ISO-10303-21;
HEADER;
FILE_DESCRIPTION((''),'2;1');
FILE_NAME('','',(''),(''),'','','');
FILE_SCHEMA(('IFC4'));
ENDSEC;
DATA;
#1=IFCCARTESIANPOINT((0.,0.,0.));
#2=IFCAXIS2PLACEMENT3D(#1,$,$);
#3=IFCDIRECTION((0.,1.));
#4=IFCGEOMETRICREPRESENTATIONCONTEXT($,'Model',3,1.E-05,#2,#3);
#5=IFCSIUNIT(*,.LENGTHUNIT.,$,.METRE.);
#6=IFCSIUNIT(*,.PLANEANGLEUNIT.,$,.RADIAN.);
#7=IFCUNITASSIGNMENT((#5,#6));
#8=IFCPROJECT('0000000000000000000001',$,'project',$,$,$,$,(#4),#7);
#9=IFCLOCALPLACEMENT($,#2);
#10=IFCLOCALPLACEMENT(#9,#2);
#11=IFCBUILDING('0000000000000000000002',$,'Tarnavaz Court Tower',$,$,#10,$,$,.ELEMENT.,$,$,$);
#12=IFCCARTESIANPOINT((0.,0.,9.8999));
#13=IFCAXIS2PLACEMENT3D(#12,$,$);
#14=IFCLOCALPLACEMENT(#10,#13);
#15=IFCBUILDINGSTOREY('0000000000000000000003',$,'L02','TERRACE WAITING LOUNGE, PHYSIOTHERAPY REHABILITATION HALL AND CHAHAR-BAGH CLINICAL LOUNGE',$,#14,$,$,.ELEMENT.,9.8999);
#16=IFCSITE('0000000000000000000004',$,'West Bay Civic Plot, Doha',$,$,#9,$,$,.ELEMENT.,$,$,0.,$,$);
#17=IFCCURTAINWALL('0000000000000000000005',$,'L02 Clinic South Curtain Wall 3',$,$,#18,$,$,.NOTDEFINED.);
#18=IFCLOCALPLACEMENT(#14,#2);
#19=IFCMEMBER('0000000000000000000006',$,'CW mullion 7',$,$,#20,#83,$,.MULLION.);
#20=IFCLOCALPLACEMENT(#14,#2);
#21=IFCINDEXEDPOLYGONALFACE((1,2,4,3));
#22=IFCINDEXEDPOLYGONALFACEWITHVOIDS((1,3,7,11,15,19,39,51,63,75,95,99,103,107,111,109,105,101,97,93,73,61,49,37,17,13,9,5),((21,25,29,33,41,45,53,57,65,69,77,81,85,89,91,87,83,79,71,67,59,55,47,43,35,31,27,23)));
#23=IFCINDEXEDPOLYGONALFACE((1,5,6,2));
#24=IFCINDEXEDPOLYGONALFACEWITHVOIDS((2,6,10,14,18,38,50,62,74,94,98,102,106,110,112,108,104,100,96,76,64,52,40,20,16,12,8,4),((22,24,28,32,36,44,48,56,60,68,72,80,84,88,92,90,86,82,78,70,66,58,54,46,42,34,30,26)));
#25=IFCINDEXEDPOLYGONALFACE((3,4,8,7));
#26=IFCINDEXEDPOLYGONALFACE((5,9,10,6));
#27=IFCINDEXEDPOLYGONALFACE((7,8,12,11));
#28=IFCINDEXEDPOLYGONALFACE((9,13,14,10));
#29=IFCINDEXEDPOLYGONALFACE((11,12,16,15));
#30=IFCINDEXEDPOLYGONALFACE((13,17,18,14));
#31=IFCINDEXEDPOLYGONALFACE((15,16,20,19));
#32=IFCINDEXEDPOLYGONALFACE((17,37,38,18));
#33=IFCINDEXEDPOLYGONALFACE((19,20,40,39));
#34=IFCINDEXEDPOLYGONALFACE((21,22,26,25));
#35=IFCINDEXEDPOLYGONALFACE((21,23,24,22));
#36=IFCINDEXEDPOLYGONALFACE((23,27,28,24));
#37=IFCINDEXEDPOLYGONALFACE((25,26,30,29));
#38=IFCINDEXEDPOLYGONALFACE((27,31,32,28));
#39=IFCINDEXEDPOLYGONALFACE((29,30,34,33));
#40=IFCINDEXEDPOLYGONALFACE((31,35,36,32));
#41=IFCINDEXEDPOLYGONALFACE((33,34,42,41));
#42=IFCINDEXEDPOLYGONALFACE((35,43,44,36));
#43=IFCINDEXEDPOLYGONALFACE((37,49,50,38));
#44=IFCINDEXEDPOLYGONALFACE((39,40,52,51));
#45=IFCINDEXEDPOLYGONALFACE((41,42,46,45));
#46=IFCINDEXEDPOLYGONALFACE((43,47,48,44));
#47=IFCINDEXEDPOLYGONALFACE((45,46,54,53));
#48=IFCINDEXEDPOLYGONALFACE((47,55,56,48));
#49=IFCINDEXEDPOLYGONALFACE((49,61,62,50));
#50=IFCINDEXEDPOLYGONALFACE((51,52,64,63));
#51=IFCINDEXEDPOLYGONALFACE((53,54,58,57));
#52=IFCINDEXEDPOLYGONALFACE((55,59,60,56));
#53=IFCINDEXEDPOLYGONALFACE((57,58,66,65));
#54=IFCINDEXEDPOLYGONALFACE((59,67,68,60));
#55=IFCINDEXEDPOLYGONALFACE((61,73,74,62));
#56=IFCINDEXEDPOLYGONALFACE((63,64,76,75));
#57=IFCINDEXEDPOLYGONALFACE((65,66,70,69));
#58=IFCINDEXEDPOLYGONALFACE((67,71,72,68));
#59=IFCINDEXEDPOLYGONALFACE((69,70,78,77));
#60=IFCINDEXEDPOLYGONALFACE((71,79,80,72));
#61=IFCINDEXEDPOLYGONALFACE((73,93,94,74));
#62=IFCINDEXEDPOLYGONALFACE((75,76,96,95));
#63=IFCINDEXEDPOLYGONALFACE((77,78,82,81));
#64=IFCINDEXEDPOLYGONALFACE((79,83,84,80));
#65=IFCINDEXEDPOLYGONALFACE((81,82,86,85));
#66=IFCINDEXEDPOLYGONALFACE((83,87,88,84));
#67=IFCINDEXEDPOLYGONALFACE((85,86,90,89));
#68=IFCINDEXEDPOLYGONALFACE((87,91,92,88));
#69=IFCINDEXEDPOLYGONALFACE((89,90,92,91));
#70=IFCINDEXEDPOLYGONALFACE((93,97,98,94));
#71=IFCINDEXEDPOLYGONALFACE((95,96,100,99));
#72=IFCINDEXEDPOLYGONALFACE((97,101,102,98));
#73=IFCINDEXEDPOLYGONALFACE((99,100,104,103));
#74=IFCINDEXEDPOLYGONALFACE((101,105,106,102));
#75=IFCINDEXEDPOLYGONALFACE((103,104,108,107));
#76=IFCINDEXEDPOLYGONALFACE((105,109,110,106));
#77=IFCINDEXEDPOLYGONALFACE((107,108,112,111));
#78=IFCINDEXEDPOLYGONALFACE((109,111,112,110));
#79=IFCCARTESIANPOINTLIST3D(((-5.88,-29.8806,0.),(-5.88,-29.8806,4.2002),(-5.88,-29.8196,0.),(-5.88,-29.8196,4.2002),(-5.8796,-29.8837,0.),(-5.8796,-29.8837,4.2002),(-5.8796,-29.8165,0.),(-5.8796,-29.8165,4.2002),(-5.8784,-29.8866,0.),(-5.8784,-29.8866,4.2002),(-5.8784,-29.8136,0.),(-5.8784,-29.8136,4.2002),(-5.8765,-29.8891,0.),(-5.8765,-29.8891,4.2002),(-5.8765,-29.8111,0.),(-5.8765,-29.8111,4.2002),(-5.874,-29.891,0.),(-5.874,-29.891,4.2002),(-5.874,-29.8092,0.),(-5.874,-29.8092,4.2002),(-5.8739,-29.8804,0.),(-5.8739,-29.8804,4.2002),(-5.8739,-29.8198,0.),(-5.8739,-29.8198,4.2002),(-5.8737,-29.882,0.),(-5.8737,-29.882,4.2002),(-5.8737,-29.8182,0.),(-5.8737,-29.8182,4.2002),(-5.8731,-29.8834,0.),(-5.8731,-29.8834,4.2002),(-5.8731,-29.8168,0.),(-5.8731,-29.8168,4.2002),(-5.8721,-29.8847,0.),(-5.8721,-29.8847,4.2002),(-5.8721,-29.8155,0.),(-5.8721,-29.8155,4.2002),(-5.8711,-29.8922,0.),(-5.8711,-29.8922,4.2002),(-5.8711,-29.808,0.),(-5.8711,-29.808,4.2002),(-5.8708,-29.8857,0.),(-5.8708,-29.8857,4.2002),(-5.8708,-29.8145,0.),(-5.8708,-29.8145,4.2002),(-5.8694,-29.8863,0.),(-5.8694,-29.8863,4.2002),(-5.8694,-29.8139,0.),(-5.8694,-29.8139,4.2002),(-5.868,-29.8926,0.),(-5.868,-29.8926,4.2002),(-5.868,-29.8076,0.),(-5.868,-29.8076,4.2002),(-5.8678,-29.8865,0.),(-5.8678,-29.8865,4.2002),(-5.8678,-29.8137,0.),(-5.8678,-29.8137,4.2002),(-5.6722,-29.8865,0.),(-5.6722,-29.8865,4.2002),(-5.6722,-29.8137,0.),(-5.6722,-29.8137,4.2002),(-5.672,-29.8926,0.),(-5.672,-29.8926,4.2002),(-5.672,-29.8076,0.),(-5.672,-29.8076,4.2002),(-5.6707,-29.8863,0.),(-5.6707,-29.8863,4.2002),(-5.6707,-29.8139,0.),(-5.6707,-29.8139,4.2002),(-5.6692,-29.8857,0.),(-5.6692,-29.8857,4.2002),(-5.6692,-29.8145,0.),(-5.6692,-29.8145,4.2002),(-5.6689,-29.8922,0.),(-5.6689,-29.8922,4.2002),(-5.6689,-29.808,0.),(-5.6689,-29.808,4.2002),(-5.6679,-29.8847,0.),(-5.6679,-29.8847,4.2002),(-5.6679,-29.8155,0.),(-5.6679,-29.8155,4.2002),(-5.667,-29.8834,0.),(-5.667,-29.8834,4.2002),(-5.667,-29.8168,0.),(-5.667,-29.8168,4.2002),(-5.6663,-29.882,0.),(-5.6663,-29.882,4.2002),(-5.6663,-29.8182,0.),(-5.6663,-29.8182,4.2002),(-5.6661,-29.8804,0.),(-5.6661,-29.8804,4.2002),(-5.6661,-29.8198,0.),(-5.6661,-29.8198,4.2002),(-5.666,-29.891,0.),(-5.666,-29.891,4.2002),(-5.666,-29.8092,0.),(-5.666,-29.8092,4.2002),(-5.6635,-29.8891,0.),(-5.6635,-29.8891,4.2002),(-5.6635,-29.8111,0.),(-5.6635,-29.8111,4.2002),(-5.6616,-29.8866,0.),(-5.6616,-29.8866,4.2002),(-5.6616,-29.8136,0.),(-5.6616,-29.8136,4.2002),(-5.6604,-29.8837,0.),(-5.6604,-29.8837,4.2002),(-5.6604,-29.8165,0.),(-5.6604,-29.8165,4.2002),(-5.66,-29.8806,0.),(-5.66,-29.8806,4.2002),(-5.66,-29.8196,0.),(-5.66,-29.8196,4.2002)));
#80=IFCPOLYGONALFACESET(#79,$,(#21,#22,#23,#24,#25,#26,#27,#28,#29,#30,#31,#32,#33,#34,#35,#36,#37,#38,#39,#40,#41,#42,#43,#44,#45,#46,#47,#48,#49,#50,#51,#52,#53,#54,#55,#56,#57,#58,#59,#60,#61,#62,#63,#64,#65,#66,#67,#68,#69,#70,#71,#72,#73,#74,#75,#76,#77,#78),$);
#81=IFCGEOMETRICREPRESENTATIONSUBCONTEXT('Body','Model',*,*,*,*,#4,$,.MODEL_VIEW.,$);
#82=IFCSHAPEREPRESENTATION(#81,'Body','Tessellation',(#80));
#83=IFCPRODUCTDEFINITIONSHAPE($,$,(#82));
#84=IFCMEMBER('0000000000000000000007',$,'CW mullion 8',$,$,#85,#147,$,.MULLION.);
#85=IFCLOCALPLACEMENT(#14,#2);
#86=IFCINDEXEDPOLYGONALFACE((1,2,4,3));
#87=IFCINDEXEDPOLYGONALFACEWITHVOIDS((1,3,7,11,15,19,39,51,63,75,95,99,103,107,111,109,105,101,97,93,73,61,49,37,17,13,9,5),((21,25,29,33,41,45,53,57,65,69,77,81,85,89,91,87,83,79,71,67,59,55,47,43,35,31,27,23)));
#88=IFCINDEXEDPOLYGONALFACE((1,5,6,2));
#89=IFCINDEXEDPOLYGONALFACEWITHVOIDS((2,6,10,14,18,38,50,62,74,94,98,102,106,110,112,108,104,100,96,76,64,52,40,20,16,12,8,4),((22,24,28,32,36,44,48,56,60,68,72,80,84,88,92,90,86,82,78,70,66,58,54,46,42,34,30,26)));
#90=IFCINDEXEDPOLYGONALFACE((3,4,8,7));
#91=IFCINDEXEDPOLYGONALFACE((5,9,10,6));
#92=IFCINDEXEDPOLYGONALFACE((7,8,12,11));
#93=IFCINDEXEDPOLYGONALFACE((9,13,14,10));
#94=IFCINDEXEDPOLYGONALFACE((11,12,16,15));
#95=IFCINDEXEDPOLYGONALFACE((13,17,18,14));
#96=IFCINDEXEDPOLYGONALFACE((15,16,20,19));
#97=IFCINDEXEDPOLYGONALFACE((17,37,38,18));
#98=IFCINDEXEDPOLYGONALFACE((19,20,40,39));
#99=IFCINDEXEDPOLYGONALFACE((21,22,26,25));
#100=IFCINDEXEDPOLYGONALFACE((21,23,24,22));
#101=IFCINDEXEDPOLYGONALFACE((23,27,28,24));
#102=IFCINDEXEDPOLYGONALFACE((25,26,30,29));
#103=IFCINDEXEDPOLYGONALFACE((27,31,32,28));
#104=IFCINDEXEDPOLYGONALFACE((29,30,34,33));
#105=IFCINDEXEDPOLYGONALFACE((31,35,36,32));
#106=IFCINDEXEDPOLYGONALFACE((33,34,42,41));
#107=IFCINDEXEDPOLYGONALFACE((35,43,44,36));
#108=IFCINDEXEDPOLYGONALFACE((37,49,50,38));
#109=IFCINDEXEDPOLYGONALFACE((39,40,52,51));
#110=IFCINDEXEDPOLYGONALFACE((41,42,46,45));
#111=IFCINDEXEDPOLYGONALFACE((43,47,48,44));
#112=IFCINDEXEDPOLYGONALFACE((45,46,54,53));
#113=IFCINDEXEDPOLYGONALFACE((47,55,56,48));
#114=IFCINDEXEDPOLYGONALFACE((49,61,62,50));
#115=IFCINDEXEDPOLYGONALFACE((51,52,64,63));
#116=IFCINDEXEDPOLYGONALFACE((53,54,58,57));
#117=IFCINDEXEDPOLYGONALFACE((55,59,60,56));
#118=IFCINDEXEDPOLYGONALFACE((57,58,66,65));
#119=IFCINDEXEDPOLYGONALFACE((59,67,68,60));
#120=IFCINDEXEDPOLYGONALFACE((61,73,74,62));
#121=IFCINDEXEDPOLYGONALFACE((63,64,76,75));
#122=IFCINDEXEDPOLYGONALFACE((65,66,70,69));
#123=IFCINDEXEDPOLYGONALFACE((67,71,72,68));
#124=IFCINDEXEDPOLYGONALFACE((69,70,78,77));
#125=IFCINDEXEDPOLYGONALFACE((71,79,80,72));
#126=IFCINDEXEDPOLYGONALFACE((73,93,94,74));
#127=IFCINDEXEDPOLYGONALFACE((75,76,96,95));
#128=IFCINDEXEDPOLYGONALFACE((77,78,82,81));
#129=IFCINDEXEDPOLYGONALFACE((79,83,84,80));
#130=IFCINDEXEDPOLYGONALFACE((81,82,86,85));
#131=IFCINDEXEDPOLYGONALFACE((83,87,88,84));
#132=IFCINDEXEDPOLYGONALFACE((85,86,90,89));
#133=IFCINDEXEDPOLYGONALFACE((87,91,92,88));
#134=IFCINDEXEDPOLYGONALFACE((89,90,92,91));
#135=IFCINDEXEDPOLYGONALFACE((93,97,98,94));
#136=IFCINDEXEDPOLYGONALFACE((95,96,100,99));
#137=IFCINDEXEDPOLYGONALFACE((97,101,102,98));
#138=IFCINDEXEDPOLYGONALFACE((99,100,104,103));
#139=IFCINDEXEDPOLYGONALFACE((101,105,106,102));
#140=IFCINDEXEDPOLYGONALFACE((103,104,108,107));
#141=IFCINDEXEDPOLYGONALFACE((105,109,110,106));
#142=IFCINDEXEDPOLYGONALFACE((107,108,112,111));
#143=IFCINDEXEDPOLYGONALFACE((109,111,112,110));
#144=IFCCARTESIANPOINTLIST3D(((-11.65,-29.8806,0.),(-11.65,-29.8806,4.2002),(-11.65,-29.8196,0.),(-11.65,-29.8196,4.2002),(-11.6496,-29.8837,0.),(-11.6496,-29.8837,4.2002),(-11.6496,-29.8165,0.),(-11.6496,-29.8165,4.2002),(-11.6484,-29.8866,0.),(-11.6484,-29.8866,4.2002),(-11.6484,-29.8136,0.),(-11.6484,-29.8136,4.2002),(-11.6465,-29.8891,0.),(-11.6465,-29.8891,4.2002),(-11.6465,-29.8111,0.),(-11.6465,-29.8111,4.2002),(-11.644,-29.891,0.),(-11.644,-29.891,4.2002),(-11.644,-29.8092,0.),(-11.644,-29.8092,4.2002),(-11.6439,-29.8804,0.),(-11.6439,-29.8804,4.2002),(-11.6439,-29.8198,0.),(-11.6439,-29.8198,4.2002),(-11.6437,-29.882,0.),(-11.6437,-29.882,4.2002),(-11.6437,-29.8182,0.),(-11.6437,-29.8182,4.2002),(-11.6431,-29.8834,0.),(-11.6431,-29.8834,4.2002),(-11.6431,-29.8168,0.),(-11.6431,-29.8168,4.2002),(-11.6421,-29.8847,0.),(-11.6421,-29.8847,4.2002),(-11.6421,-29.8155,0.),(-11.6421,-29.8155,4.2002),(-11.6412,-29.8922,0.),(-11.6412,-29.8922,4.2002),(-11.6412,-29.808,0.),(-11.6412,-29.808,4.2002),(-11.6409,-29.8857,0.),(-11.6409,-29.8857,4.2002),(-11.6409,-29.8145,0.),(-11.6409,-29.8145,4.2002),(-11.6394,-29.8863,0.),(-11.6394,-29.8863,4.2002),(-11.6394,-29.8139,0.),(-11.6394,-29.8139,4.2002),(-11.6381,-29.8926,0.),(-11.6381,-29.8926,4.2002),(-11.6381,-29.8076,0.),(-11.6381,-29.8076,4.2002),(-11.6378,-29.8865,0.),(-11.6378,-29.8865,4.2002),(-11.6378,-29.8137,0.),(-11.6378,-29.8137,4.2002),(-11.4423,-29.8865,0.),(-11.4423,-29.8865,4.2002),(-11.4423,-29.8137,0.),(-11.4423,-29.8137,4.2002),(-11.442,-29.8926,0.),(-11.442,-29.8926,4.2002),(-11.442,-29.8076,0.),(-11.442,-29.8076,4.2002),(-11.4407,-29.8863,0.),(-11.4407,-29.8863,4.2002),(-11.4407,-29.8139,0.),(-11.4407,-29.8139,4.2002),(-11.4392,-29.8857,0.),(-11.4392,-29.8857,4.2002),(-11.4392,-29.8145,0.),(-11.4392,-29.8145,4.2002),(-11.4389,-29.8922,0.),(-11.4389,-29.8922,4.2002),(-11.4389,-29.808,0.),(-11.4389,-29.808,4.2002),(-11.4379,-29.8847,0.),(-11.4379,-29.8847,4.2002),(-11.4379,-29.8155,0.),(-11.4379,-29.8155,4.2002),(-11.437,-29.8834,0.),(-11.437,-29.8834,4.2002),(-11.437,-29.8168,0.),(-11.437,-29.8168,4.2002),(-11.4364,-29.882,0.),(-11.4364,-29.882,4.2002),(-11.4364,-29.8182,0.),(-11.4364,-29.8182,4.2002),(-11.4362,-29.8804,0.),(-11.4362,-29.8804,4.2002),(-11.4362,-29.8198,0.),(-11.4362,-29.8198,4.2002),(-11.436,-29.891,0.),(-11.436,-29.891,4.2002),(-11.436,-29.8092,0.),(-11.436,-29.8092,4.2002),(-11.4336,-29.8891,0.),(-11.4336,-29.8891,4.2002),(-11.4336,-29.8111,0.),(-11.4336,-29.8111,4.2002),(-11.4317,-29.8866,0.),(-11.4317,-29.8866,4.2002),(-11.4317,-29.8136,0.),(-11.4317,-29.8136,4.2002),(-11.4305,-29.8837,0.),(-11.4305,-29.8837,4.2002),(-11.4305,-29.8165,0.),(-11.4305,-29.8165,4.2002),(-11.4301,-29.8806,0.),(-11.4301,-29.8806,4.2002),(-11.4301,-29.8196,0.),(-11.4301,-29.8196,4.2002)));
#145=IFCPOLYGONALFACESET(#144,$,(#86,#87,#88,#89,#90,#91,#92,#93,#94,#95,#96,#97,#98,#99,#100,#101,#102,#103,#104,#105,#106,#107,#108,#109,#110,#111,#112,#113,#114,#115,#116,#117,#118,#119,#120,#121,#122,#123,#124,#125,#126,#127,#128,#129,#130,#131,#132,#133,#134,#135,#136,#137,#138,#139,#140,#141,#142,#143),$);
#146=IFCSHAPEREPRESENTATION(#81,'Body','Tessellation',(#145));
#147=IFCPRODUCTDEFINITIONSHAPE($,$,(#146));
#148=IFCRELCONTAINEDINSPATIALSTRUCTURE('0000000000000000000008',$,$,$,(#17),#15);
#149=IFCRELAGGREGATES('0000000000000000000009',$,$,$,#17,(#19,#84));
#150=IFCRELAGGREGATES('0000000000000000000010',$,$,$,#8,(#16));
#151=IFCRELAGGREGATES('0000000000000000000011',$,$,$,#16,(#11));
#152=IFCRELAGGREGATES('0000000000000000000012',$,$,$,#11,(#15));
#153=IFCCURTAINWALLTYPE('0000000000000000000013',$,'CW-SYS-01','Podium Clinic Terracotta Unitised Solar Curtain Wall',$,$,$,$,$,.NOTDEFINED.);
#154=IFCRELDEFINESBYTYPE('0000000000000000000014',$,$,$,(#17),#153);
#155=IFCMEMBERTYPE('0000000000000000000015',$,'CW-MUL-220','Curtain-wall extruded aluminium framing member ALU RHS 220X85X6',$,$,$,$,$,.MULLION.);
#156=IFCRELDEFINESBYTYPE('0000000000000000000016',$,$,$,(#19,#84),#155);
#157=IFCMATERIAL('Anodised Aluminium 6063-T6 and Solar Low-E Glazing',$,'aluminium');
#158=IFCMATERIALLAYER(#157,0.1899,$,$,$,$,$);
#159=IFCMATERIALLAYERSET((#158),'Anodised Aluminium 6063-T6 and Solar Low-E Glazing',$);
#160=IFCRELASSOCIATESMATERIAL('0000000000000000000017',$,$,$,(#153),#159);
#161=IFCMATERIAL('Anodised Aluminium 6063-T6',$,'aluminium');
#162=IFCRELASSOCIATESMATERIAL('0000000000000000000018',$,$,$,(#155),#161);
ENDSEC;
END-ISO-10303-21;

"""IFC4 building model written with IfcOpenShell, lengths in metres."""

from ifc_helpers import new_model, si_unit, direction, frame, origin, origin_2d, place, context, subcontext, project, spatial, hollow_rectangle, extrude, material, layer, layer_set, material_profile, profile_set, type_object, element, aggregate, save


model = new_model("IFC4")

# Units and contexts
model_context = context("Model", 3, precision=1e-05, world=origin(), true_north=direction((0.0, 1.0)))
body_context = subcontext(model_context, "Body", "Model", "MODEL_VIEW")
ifc_project = project(units=[si_unit("LENGTHUNIT", "METRE"), si_unit("PLANEANGLEUNIT", "RADIAN")], contexts=[model_context])

# Site, building, storey
site_placement = place(None, origin())
site = spatial("IfcSite", under=ifc_project, at=site_placement, Name="West Bay Civic Plot, Doha", CompositionType="ELEMENT", RefElevation=0.0)
building_placement = place(site_placement, origin())
building = spatial("IfcBuilding", under=site, at=building_placement, Name="Tarnavaz Court Tower", CompositionType="ELEMENT")
storey_placement = place(building_placement, frame((0.0, 0.0, 9.8999)))
storey = spatial("IfcBuildingStorey", under=building, at=storey_placement, Name="L02", Description="TERRACE WAITING LOUNGE, PHYSIOTHERAPY REHABILITATION HALL AND CHAHAR-BAGH CLINICAL LOUNGE", CompositionType="ELEMENT", Elevation=9.8999)

# Curtain wall, members
ifc_material_1 = material(Name="Anodised Aluminium 6063-T6 and Solar Low-E Glazing", Category="aluminium")
ifc_layer_1 = layer(ifc_material_1, 0.1899)
ifc_layer_set_1 = layer_set([ifc_layer_1], Name="Anodised Aluminium 6063-T6 and Solar Low-E Glazing")
curtain_wall_type = type_object("IfcCurtainWallType", Name="CW-SYS-01", Description="Podium Clinic Terracotta Unitised Solar Curtain Wall", PredefinedType="NOTDEFINED", material=ifc_layer_set_1)
curtain_wall_placement = place(storey_placement, origin())
curtain_wall = element("IfcCurtainWall", 1, at=curtain_wall_placement, inside=storey, type_object=curtain_wall_type, Name="L02 Clinic South Curtain Wall 3", PredefinedType="NOTDEFINED")
ifc_material_2 = material(Name="Anodised Aluminium 6063-T6", Category="aluminium")
ifc_material_profile_1 = material_profile(ifc_material_2, hollow_rectangle(XDim=0.085, YDim=0.22, WallThickness=0.0061, InnerFilletRadius=0.0061, OuterFilletRadius=0.012, at=origin_2d()), Name="ALU RHS 220X85X6")
ifc_profile_set_1 = profile_set([ifc_material_profile_1], Name="Anodised Aluminium 6063-T6")
member_type_1 = type_object("IfcMemberType", Name="CW-MUL-220", Description="Curtain-wall extruded aluminium framing member ALU RHS 220X85X6", PredefinedType="MULLION", material=ifc_profile_set_1)
member_1_placement = place(storey_placement, frame((-5.77, -29.8501, 0.0), z_axis=(0.0, 0.0, 1.0), x_axis=(0.0, -1.0, 0.0)))
member_1 = element("IfcMember", 2, at=member_1_placement, type_object=member_type_1, Name="CW mullion 7", PredefinedType="MULLION", context=body_context, shape_type="SweptSolid", body=[
    extrude(hollow_rectangle(XDim=0.085, YDim=0.22, WallThickness=0.0061, InnerFilletRadius=0.0061, OuterFilletRadius=0.012, at=origin_2d()), origin(), (0.0, 0.0, 1.0), 4.2002),
])
member_2_placement = place(storey_placement, frame((-11.54, -29.8501, 0.0), z_axis=(0.0, 0.0, 1.0), x_axis=(0.0, -1.0, 0.0)))
member_2 = element("IfcMember", 3, at=member_2_placement, type_object=member_type_1, Name="CW mullion 8", PredefinedType="MULLION", context=body_context, shape_type="SweptSolid", body=[
    extrude(hollow_rectangle(XDim=0.085, YDim=0.22, WallThickness=0.0061, InnerFilletRadius=0.0061, OuterFilletRadius=0.012, at=origin_2d()), origin(), (0.0, 0.0, 1.0), 4.2002),
])
aggregate(curtain_wall, [member_1, member_2])

save(model, "model.ifc")
